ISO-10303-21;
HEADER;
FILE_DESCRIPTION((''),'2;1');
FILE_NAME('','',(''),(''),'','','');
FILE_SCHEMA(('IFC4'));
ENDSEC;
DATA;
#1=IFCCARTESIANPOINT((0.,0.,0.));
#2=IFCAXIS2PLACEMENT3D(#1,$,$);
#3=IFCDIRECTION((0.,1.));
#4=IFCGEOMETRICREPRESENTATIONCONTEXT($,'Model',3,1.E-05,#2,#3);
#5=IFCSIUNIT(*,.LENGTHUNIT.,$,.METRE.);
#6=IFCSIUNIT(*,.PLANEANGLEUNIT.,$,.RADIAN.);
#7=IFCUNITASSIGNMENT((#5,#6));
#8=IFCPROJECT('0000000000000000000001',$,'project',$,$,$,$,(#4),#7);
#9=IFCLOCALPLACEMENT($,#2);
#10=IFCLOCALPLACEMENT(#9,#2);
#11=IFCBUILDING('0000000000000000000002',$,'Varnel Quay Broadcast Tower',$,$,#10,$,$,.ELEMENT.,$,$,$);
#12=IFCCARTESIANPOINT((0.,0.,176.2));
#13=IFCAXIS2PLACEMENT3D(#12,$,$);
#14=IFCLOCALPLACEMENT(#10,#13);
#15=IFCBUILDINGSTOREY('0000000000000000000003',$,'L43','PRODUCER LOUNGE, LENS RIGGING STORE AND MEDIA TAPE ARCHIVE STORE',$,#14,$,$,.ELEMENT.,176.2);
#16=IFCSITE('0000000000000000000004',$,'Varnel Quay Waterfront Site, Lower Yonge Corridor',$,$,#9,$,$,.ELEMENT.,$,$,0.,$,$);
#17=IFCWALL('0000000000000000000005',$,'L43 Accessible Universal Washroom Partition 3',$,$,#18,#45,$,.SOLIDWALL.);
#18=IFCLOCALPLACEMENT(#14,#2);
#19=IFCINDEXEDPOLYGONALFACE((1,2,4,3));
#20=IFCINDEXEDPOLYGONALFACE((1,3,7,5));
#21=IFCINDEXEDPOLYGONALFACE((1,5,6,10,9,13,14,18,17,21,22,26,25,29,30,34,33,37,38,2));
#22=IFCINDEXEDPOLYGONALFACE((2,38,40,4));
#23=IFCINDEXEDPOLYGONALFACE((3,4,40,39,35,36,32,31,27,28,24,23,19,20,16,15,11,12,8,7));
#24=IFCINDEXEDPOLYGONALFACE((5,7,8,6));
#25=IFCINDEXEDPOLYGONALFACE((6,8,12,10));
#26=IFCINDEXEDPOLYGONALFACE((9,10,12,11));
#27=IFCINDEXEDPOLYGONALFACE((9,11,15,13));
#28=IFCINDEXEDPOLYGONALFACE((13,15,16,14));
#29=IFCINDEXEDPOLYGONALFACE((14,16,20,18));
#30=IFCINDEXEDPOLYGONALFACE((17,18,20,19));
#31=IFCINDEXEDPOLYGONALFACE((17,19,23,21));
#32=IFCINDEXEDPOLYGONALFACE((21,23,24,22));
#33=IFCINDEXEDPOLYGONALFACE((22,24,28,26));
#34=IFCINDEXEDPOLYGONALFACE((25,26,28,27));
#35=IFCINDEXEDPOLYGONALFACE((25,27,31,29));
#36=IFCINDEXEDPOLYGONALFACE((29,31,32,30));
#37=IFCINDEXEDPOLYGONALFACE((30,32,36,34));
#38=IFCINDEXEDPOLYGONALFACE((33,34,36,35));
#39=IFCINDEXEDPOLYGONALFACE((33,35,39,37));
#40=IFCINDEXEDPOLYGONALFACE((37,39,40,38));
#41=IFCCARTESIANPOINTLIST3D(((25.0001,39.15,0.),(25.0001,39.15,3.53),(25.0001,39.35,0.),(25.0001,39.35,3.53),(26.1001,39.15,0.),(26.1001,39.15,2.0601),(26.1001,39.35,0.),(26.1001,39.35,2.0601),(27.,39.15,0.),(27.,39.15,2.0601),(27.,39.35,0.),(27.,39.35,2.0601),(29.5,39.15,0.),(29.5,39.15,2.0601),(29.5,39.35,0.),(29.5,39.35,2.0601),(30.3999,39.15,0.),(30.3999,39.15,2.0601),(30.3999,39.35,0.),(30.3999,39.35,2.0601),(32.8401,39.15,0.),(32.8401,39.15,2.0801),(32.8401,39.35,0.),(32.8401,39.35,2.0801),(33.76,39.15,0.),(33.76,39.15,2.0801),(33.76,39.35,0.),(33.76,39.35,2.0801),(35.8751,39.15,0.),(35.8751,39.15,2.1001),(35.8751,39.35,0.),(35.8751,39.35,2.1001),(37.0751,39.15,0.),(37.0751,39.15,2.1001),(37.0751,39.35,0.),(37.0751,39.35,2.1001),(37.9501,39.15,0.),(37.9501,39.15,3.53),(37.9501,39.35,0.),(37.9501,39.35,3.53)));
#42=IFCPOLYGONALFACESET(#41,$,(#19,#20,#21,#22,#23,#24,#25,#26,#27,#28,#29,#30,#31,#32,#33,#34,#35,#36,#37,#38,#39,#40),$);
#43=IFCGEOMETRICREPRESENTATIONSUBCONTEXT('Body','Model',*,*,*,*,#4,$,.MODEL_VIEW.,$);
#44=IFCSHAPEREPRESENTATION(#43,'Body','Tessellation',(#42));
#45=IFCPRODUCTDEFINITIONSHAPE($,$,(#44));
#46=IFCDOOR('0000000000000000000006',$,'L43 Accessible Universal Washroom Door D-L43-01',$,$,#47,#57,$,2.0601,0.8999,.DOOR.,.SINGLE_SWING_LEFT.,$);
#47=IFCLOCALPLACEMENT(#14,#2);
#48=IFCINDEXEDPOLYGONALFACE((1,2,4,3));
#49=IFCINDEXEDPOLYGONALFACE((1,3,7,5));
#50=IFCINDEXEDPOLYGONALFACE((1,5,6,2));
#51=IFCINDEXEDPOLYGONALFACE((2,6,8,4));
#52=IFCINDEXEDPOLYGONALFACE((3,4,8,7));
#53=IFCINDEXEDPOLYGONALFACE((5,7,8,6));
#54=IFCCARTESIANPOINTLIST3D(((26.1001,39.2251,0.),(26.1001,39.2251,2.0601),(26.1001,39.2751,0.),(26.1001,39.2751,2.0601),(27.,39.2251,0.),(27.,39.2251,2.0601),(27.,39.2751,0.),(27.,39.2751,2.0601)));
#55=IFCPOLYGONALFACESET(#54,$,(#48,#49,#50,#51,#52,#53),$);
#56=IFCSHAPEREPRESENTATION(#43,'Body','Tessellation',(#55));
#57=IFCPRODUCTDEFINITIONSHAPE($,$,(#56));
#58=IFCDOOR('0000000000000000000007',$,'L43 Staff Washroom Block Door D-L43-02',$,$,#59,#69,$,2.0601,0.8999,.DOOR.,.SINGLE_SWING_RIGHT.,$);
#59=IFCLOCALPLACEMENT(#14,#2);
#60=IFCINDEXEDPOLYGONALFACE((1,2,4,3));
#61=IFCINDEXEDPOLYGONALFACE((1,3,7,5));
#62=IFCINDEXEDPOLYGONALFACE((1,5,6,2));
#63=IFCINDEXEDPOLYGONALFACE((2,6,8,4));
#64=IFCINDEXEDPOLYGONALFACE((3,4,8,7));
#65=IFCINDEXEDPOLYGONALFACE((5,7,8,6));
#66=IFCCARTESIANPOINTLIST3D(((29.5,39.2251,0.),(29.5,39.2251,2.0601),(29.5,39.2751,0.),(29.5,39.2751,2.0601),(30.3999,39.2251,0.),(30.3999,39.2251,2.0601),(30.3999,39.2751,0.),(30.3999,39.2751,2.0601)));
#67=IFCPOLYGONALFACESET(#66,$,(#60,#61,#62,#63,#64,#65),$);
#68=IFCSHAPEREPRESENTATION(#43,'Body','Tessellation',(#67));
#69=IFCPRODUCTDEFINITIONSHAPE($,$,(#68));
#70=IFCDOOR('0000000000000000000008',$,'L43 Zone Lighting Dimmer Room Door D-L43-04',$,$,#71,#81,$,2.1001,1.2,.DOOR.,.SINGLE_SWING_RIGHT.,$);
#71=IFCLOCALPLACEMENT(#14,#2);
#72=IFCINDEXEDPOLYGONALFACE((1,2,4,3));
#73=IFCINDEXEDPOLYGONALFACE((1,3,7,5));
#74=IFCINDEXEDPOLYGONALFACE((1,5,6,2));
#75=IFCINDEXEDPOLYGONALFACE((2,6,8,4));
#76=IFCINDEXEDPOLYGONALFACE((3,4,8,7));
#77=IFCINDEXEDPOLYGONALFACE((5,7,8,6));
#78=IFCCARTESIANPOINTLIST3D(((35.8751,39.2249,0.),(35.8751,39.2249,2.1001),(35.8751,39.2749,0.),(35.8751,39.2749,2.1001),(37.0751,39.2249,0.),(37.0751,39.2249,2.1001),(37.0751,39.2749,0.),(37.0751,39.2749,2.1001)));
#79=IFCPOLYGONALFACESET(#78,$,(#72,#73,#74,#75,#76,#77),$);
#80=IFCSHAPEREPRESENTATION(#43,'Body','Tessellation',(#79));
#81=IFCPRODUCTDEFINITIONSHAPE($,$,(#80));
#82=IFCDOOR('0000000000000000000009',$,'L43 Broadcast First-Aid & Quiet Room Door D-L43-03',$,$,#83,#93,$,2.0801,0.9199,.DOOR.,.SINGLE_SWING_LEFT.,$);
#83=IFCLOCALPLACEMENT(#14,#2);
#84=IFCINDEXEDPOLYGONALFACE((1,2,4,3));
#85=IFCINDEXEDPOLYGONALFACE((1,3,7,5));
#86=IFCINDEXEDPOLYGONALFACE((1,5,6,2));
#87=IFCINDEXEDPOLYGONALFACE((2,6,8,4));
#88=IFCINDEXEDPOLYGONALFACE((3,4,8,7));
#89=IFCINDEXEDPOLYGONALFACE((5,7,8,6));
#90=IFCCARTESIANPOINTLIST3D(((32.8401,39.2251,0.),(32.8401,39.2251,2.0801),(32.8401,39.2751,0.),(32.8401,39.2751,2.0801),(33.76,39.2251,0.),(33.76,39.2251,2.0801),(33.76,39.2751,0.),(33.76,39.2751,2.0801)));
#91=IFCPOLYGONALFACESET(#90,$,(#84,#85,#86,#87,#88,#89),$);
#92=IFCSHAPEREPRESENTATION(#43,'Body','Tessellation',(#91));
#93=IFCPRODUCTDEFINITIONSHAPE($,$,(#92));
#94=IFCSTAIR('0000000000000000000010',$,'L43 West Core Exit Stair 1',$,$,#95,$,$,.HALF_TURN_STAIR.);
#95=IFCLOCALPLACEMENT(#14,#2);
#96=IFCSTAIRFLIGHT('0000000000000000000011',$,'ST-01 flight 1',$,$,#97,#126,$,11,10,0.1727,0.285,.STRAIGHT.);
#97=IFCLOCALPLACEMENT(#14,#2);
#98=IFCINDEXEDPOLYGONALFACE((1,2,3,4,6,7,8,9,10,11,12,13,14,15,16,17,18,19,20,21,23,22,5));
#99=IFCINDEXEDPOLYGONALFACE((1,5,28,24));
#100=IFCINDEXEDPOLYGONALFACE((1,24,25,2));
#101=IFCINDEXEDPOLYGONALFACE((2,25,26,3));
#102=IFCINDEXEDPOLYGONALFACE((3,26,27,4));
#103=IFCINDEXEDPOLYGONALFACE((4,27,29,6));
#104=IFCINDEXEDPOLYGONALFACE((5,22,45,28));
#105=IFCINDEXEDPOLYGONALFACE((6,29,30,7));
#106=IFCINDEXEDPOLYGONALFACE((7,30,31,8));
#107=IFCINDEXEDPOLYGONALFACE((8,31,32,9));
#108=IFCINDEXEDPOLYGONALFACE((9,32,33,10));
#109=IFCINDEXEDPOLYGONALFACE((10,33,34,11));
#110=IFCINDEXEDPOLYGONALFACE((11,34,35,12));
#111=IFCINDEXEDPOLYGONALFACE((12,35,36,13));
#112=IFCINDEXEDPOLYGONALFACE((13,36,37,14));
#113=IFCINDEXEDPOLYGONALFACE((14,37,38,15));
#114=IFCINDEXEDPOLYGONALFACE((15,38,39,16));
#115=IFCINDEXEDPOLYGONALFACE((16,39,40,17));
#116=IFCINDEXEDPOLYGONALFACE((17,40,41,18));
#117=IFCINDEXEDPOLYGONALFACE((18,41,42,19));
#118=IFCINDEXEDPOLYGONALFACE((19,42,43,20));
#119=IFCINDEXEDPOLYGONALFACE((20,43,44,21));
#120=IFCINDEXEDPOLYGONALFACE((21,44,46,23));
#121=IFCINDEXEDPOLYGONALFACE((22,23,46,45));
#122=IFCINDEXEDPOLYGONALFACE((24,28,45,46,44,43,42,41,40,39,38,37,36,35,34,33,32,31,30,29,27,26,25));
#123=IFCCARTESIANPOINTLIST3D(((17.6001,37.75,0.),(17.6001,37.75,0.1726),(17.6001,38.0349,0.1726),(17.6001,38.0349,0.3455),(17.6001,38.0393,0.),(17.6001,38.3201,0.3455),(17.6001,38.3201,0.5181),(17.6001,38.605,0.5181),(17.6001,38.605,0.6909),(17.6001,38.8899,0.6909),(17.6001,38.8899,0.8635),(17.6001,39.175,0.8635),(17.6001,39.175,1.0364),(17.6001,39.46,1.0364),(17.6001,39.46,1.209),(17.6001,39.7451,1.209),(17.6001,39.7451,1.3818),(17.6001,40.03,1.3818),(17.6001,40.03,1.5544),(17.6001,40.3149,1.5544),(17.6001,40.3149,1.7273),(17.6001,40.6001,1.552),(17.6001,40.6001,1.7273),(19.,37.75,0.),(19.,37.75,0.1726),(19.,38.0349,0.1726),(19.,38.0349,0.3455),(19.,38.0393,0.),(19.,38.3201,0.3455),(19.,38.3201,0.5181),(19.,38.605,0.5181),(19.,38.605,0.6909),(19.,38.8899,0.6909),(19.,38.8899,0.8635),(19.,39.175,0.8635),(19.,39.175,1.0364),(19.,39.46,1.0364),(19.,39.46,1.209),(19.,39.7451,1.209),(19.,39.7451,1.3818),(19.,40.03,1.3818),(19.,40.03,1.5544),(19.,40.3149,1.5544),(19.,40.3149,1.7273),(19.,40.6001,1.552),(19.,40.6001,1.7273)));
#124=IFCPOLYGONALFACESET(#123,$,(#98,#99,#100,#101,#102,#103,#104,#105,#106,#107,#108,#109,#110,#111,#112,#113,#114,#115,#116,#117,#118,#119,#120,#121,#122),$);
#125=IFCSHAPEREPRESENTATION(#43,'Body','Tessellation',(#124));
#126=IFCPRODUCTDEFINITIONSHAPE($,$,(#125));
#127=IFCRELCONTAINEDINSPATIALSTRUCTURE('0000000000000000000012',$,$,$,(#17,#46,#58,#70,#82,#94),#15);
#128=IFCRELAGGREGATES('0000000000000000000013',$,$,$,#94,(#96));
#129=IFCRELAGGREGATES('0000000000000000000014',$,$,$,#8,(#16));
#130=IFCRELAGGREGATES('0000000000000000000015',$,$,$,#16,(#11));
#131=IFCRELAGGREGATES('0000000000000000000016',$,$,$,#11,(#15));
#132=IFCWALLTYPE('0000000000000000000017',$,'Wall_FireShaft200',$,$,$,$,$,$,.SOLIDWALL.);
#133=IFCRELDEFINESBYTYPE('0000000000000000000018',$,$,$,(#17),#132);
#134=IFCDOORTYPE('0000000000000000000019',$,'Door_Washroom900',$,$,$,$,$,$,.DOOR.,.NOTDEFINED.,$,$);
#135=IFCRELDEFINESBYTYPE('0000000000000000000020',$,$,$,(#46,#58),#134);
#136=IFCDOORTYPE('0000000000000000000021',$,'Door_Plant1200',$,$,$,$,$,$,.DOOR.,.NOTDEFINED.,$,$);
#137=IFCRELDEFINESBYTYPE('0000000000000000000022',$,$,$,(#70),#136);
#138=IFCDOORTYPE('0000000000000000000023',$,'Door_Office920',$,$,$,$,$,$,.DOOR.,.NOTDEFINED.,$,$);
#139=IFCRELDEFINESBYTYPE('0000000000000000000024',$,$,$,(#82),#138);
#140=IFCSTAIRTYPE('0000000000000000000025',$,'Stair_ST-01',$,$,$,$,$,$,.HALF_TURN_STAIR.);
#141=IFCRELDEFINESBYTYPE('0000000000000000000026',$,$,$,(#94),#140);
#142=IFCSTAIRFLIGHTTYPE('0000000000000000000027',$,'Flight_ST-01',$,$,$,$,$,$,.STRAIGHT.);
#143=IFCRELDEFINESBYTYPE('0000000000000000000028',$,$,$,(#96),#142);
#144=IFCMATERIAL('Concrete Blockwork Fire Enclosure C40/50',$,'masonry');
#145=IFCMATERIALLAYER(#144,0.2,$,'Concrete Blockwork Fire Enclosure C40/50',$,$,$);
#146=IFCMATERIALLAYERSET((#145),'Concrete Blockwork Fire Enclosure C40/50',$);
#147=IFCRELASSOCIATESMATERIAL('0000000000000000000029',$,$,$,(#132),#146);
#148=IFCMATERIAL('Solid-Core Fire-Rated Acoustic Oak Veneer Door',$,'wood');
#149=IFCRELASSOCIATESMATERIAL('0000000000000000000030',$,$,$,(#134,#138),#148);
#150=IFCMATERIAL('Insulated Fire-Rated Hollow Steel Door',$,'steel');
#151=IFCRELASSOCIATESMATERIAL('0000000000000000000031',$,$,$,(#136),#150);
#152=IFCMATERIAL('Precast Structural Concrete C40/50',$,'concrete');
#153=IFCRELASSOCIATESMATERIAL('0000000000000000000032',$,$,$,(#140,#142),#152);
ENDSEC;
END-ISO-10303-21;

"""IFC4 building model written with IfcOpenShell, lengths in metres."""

from ifc_helpers import new_model, si_unit, direction, frame, frame_2d, origin, place, context, subcontext, project, spatial, polyline, rectangle, outline, extrude, source, transform, mapped, material, layer, layer_set, type_object, type_shapes, element, fill, aggregate, save


model = new_model("IFC4")

# Units and contexts
model_context = context("Model", 3, precision=1e-05, world=origin(), true_north=direction((0.0, 1.0)))
body_context = subcontext(model_context, "Body", "Model", "MODEL_VIEW")
ifc_project = project(units=[si_unit("LENGTHUNIT", "METRE"), si_unit("PLANEANGLEUNIT", "RADIAN")], contexts=[model_context])

# Site, building, storey
site_placement = place(None, origin())
site = spatial("IfcSite", under=ifc_project, at=site_placement, Name="Varnel Quay Waterfront Site, Lower Yonge Corridor", CompositionType="ELEMENT", RefElevation=0.0)
building_placement = place(site_placement, origin())
building = spatial("IfcBuilding", under=site, at=building_placement, Name="Varnel Quay Broadcast Tower", CompositionType="ELEMENT")
storey_placement = place(building_placement, frame((0.0, 0.0, 176.2)))
storey = spatial("IfcBuildingStorey", under=building, at=storey_placement, Name="L43", Description="PRODUCER LOUNGE, LENS RIGGING STORE AND MEDIA TAPE ARCHIVE STORE", CompositionType="ELEMENT", Elevation=176.2)

# Shared definitions
ifc_material_1 = material(Name="Insulated Fire-Rated Hollow Steel Door", Category="steel")

# Wall, openings, doors
ifc_material_2 = material(Name="Concrete Blockwork Fire Enclosure C40/50", Category="masonry")
ifc_layer_1 = layer(ifc_material_2, 0.2, Name="Concrete Blockwork Fire Enclosure C40/50")
ifc_layer_set_1 = layer_set([ifc_layer_1], Name="Concrete Blockwork Fire Enclosure C40/50")
wall_type_1 = type_object("IfcWallType", Name="Wall_FireShaft200", PredefinedType="SOLIDWALL", material=ifc_layer_set_1)
wall_1_placement = place(storey_placement, frame((25.0, 39.25, 0.0), z_axis=(0.0, 0.0, 1.0), x_axis=(1.0, 0.0, 0.0)))
wall_1 = element("IfcWall", 1, at=wall_1_placement, inside=storey, type_object=wall_type_1, Name="L43 Accessible Universal Washroom Partition 3", PredefinedType="SOLIDWALL", context=body_context, shape_type="SweptSolid", body=[
    extrude(rectangle(XDim=12.95, YDim=0.2, at=frame_2d((6.4751, 0.0))), origin(), (0.0, 0.0, 1.0), 3.53),
])
opening_1_placement = place(wall_1_placement, frame((1.1001, 0.0, 0.0)))
opening_1 = element("IfcOpeningElement", 2, at=opening_1_placement, cuts=wall_1, PredefinedType="OPENING", context=body_context, shape_type="SweptSolid", body=[
    extrude(rectangle(XDim=0.8999, YDim=2.0601, at=frame_2d((0.45, 1.03))), frame((0.0, 0.1099, 0.0), z_axis=(0.0, -1.0, 0.0), x_axis=(1.0, 0.0, 0.0)), (0.0, 0.0, 1.0), 0.22),
])
opening_2_placement = place(wall_1_placement, frame((4.5, 0.0, 0.0)))
opening_2 = element("IfcOpeningElement", 3, at=opening_2_placement, cuts=wall_1, PredefinedType="OPENING", context=body_context, shape_type="SweptSolid", body=[
    extrude(rectangle(XDim=0.8999, YDim=2.0601, at=frame_2d((0.45, 1.03))), frame((0.0, 0.1099, 0.0), z_axis=(0.0, -1.0, 0.0), x_axis=(1.0, 0.0, 0.0)), (0.0, 0.0, 1.0), 0.22),
])
opening_3_placement = place(wall_1_placement, frame((7.8401, 0.0, 0.0)))
opening_3 = element("IfcOpeningElement", 4, at=opening_3_placement, cuts=wall_1, PredefinedType="OPENING", context=body_context, shape_type="SweptSolid", body=[
    extrude(rectangle(XDim=0.9199, YDim=2.0801, at=frame_2d((0.46, 1.04))), frame((0.0, 0.1099, 0.0), z_axis=(0.0, -1.0, 0.0), x_axis=(1.0, 0.0, 0.0)), (0.0, 0.0, 1.0), 0.22),
])
opening_4_placement = place(wall_1_placement, frame((10.875, 0.0, 0.0)))
opening_4 = element("IfcOpeningElement", 5, at=opening_4_placement, cuts=wall_1, PredefinedType="OPENING", context=body_context, shape_type="SweptSolid", body=[
    extrude(rectangle(XDim=1.2, YDim=2.1001, at=frame_2d((0.6001, 1.05))), frame((0.0, 0.1099, 0.0), z_axis=(0.0, -1.0, 0.0), x_axis=(1.0, 0.0, 0.0)), (0.0, 0.0, 1.0), 0.22),
])
ifc_material_3 = material(Name="Solid-Core Fire-Rated Acoustic Oak Veneer Door", Category="wood")
door_type_1 = type_object("IfcDoorType", Name="Door_Washroom900", OperationType="NOTDEFINED", PredefinedType="DOOR", material=ifc_material_3)
shared_shape_1 = source(origin(), body_context, "Body", "SweptSolid", [
    extrude(rectangle(XDim=0.8999, YDim=2.0601, at=frame_2d((0.45, 1.03))), frame((0.0, 0.0249, 0.0), z_axis=(0.0, -1.0, 0.0), x_axis=(1.0, 0.0, 0.0)), (0.0, 0.0, 1.0), 0.05),
])
type_shapes(door_type_1, [shared_shape_1])
door_1_placement = place(opening_1_placement, frame((0.8999, 0.0, 0.0), z_axis=(0.0, 0.0, 1.0), x_axis=(-1.0, 0.0, 0.0)))
door_1 = element("IfcDoor", 6, at=door_1_placement, inside=storey, type_object=door_type_1, Name="L43 Accessible Universal Washroom Door D-L43-01", OperationType="SINGLE_SWING_LEFT", OverallHeight=2.0601, OverallWidth=0.8999, PredefinedType="DOOR", context=body_context, shape_type="MappedRepresentation", body=[
    mapped(shared_shape_1, transform((0.0, 0.0, 0.0), x_axis=(1.0, 0.0, 0.0), y_axis=(0.0, 1.0, 0.0), z_axis=(0.0, 0.0, 1.0), scale=1.0)),
])
fill(opening_1, door_1)
door_2_placement = place(opening_2_placement, frame((0.8999, 0.0, 0.0), z_axis=(0.0, 0.0, 1.0), x_axis=(-1.0, 0.0, 0.0)))
door_2 = element("IfcDoor", 7, at=door_2_placement, inside=storey, type_object=door_type_1, Name="L43 Staff Washroom Block Door D-L43-02", OperationType="SINGLE_SWING_RIGHT", OverallHeight=2.0601, OverallWidth=0.8999, PredefinedType="DOOR", context=body_context, shape_type="MappedRepresentation", body=[
    mapped(shared_shape_1, transform((0.0, 0.0, 0.0), x_axis=(1.0, 0.0, 0.0), y_axis=(0.0, 1.0, 0.0), z_axis=(0.0, 0.0, 1.0), scale=1.0)),
])
fill(opening_2, door_2)
door_type_2 = type_object("IfcDoorType", Name="Door_Plant1200", OperationType="NOTDEFINED", PredefinedType="DOOR", material=ifc_material_1)
shared_shape_2 = source(origin(), body_context, "Body", "SweptSolid", [
    extrude(rectangle(XDim=1.2, YDim=2.1001, at=frame_2d((0.6001, 1.05))), frame((0.0, 0.0249, 0.0), z_axis=(0.0, -1.0, 0.0), x_axis=(1.0, 0.0, 0.0)), (0.0, 0.0, 1.0), 0.05),
])
type_shapes(door_type_2, [shared_shape_2])
door_3_placement = place(opening_4_placement, origin())
door_3 = element("IfcDoor", 8, at=door_3_placement, inside=storey, type_object=door_type_2, Name="L43 Zone Lighting Dimmer Room Door D-L43-04", OperationType="SINGLE_SWING_RIGHT", OverallHeight=2.1001, OverallWidth=1.2, PredefinedType="DOOR", context=body_context, shape_type="MappedRepresentation", body=[
    mapped(shared_shape_2, transform((0.0, 0.0, 0.0), x_axis=(1.0, 0.0, 0.0), y_axis=(0.0, 1.0, 0.0), z_axis=(0.0, 0.0, 1.0), scale=1.0)),
])
fill(opening_4, door_3)
door_type_3 = type_object("IfcDoorType", Name="Door_Office920", OperationType="NOTDEFINED", PredefinedType="DOOR", material=ifc_material_3)
shared_shape_3 = source(origin(), body_context, "Body", "SweptSolid", [
    extrude(rectangle(XDim=0.9199, YDim=2.0801, at=frame_2d((0.46, 1.04))), frame((0.0, 0.0249, 0.0), z_axis=(0.0, -1.0, 0.0), x_axis=(1.0, 0.0, 0.0)), (0.0, 0.0, 1.0), 0.05),
])
type_shapes(door_type_3, [shared_shape_3])
door_4_placement = place(opening_3_placement, frame((0.9199, 0.0, 0.0), z_axis=(0.0, 0.0, 1.0), x_axis=(-1.0, 0.0, 0.0)))
door_4 = element("IfcDoor", 9, at=door_4_placement, inside=storey, type_object=door_type_3, Name="L43 Broadcast First-Aid & Quiet Room Door D-L43-03", OperationType="SINGLE_SWING_LEFT", OverallHeight=2.0801, OverallWidth=0.9199, PredefinedType="DOOR", context=body_context, shape_type="MappedRepresentation", body=[
    mapped(shared_shape_3, transform((0.0, 0.0, 0.0), x_axis=(1.0, 0.0, 0.0), y_axis=(0.0, 1.0, 0.0), z_axis=(0.0, 0.0, 1.0), scale=1.0)),
])
fill(opening_3, door_4)

# Stair, stair flight
ifc_material_4 = material(Name="Precast Structural Concrete C40/50", Category="concrete")
stair_type = type_object("IfcStairType", Name="Stair_ST-01", PredefinedType="HALF_TURN_STAIR", material=ifc_material_4)
stair_placement = place(storey_placement, origin())
stair = element("IfcStair", 10, at=stair_placement, inside=storey, type_object=stair_type, Name="L43 West Core Exit Stair 1", PredefinedType="HALF_TURN_STAIR")
stair_flight_type = type_object("IfcStairFlightType", Name="Flight_ST-01", PredefinedType="STRAIGHT", material=ifc_material_4)
stair_flight_placement = place(storey_placement, frame((18.3, 37.75, 0.0), z_axis=(0.0, 0.0, 1.0), x_axis=(0.0, 1.0, 0.0)))
stair_flight = element("IfcStairFlight", 11, at=stair_flight_placement, type_object=stair_flight_type, Name="ST-01 flight 1", NumberOfRisers=11, NumberOfTreads=10, PredefinedType="STRAIGHT", RiserHeight=0.1727, TreadLength=0.285, context=body_context, shape_type="SweptSolid", body=[
    extrude(outline(polyline([(0.0, 0.0), (0.0, 0.1726), (0.2849, 0.1726), (0.2849, 0.3455), (0.5701, 0.3455), (0.5701, 0.5181), (0.855, 0.5181), (0.855, 0.6909), (1.1399, 0.6909), (1.1399, 0.8635), (1.425, 0.8635), (1.425, 1.0364), (1.71, 1.0364), (1.71, 1.209), (1.9951, 1.209), (1.9951, 1.3818), (2.28, 1.3818), (2.28, 1.5544), (2.5649, 1.5544), (2.5649, 1.7273), (2.8501, 1.7273), (2.8501, 1.8999), (2.8501, 1.552), (0.2893, 0.0), (0.0, 0.0)])), frame((0.0, 0.7, 0.0), z_axis=(0.0, -1.0, 0.0), x_axis=(1.0, 0.0, 0.0)), (0.0, 0.0, 1.0), 1.3999),
])
aggregate(stair, [stair_flight])

save(model, "model.ifc")
